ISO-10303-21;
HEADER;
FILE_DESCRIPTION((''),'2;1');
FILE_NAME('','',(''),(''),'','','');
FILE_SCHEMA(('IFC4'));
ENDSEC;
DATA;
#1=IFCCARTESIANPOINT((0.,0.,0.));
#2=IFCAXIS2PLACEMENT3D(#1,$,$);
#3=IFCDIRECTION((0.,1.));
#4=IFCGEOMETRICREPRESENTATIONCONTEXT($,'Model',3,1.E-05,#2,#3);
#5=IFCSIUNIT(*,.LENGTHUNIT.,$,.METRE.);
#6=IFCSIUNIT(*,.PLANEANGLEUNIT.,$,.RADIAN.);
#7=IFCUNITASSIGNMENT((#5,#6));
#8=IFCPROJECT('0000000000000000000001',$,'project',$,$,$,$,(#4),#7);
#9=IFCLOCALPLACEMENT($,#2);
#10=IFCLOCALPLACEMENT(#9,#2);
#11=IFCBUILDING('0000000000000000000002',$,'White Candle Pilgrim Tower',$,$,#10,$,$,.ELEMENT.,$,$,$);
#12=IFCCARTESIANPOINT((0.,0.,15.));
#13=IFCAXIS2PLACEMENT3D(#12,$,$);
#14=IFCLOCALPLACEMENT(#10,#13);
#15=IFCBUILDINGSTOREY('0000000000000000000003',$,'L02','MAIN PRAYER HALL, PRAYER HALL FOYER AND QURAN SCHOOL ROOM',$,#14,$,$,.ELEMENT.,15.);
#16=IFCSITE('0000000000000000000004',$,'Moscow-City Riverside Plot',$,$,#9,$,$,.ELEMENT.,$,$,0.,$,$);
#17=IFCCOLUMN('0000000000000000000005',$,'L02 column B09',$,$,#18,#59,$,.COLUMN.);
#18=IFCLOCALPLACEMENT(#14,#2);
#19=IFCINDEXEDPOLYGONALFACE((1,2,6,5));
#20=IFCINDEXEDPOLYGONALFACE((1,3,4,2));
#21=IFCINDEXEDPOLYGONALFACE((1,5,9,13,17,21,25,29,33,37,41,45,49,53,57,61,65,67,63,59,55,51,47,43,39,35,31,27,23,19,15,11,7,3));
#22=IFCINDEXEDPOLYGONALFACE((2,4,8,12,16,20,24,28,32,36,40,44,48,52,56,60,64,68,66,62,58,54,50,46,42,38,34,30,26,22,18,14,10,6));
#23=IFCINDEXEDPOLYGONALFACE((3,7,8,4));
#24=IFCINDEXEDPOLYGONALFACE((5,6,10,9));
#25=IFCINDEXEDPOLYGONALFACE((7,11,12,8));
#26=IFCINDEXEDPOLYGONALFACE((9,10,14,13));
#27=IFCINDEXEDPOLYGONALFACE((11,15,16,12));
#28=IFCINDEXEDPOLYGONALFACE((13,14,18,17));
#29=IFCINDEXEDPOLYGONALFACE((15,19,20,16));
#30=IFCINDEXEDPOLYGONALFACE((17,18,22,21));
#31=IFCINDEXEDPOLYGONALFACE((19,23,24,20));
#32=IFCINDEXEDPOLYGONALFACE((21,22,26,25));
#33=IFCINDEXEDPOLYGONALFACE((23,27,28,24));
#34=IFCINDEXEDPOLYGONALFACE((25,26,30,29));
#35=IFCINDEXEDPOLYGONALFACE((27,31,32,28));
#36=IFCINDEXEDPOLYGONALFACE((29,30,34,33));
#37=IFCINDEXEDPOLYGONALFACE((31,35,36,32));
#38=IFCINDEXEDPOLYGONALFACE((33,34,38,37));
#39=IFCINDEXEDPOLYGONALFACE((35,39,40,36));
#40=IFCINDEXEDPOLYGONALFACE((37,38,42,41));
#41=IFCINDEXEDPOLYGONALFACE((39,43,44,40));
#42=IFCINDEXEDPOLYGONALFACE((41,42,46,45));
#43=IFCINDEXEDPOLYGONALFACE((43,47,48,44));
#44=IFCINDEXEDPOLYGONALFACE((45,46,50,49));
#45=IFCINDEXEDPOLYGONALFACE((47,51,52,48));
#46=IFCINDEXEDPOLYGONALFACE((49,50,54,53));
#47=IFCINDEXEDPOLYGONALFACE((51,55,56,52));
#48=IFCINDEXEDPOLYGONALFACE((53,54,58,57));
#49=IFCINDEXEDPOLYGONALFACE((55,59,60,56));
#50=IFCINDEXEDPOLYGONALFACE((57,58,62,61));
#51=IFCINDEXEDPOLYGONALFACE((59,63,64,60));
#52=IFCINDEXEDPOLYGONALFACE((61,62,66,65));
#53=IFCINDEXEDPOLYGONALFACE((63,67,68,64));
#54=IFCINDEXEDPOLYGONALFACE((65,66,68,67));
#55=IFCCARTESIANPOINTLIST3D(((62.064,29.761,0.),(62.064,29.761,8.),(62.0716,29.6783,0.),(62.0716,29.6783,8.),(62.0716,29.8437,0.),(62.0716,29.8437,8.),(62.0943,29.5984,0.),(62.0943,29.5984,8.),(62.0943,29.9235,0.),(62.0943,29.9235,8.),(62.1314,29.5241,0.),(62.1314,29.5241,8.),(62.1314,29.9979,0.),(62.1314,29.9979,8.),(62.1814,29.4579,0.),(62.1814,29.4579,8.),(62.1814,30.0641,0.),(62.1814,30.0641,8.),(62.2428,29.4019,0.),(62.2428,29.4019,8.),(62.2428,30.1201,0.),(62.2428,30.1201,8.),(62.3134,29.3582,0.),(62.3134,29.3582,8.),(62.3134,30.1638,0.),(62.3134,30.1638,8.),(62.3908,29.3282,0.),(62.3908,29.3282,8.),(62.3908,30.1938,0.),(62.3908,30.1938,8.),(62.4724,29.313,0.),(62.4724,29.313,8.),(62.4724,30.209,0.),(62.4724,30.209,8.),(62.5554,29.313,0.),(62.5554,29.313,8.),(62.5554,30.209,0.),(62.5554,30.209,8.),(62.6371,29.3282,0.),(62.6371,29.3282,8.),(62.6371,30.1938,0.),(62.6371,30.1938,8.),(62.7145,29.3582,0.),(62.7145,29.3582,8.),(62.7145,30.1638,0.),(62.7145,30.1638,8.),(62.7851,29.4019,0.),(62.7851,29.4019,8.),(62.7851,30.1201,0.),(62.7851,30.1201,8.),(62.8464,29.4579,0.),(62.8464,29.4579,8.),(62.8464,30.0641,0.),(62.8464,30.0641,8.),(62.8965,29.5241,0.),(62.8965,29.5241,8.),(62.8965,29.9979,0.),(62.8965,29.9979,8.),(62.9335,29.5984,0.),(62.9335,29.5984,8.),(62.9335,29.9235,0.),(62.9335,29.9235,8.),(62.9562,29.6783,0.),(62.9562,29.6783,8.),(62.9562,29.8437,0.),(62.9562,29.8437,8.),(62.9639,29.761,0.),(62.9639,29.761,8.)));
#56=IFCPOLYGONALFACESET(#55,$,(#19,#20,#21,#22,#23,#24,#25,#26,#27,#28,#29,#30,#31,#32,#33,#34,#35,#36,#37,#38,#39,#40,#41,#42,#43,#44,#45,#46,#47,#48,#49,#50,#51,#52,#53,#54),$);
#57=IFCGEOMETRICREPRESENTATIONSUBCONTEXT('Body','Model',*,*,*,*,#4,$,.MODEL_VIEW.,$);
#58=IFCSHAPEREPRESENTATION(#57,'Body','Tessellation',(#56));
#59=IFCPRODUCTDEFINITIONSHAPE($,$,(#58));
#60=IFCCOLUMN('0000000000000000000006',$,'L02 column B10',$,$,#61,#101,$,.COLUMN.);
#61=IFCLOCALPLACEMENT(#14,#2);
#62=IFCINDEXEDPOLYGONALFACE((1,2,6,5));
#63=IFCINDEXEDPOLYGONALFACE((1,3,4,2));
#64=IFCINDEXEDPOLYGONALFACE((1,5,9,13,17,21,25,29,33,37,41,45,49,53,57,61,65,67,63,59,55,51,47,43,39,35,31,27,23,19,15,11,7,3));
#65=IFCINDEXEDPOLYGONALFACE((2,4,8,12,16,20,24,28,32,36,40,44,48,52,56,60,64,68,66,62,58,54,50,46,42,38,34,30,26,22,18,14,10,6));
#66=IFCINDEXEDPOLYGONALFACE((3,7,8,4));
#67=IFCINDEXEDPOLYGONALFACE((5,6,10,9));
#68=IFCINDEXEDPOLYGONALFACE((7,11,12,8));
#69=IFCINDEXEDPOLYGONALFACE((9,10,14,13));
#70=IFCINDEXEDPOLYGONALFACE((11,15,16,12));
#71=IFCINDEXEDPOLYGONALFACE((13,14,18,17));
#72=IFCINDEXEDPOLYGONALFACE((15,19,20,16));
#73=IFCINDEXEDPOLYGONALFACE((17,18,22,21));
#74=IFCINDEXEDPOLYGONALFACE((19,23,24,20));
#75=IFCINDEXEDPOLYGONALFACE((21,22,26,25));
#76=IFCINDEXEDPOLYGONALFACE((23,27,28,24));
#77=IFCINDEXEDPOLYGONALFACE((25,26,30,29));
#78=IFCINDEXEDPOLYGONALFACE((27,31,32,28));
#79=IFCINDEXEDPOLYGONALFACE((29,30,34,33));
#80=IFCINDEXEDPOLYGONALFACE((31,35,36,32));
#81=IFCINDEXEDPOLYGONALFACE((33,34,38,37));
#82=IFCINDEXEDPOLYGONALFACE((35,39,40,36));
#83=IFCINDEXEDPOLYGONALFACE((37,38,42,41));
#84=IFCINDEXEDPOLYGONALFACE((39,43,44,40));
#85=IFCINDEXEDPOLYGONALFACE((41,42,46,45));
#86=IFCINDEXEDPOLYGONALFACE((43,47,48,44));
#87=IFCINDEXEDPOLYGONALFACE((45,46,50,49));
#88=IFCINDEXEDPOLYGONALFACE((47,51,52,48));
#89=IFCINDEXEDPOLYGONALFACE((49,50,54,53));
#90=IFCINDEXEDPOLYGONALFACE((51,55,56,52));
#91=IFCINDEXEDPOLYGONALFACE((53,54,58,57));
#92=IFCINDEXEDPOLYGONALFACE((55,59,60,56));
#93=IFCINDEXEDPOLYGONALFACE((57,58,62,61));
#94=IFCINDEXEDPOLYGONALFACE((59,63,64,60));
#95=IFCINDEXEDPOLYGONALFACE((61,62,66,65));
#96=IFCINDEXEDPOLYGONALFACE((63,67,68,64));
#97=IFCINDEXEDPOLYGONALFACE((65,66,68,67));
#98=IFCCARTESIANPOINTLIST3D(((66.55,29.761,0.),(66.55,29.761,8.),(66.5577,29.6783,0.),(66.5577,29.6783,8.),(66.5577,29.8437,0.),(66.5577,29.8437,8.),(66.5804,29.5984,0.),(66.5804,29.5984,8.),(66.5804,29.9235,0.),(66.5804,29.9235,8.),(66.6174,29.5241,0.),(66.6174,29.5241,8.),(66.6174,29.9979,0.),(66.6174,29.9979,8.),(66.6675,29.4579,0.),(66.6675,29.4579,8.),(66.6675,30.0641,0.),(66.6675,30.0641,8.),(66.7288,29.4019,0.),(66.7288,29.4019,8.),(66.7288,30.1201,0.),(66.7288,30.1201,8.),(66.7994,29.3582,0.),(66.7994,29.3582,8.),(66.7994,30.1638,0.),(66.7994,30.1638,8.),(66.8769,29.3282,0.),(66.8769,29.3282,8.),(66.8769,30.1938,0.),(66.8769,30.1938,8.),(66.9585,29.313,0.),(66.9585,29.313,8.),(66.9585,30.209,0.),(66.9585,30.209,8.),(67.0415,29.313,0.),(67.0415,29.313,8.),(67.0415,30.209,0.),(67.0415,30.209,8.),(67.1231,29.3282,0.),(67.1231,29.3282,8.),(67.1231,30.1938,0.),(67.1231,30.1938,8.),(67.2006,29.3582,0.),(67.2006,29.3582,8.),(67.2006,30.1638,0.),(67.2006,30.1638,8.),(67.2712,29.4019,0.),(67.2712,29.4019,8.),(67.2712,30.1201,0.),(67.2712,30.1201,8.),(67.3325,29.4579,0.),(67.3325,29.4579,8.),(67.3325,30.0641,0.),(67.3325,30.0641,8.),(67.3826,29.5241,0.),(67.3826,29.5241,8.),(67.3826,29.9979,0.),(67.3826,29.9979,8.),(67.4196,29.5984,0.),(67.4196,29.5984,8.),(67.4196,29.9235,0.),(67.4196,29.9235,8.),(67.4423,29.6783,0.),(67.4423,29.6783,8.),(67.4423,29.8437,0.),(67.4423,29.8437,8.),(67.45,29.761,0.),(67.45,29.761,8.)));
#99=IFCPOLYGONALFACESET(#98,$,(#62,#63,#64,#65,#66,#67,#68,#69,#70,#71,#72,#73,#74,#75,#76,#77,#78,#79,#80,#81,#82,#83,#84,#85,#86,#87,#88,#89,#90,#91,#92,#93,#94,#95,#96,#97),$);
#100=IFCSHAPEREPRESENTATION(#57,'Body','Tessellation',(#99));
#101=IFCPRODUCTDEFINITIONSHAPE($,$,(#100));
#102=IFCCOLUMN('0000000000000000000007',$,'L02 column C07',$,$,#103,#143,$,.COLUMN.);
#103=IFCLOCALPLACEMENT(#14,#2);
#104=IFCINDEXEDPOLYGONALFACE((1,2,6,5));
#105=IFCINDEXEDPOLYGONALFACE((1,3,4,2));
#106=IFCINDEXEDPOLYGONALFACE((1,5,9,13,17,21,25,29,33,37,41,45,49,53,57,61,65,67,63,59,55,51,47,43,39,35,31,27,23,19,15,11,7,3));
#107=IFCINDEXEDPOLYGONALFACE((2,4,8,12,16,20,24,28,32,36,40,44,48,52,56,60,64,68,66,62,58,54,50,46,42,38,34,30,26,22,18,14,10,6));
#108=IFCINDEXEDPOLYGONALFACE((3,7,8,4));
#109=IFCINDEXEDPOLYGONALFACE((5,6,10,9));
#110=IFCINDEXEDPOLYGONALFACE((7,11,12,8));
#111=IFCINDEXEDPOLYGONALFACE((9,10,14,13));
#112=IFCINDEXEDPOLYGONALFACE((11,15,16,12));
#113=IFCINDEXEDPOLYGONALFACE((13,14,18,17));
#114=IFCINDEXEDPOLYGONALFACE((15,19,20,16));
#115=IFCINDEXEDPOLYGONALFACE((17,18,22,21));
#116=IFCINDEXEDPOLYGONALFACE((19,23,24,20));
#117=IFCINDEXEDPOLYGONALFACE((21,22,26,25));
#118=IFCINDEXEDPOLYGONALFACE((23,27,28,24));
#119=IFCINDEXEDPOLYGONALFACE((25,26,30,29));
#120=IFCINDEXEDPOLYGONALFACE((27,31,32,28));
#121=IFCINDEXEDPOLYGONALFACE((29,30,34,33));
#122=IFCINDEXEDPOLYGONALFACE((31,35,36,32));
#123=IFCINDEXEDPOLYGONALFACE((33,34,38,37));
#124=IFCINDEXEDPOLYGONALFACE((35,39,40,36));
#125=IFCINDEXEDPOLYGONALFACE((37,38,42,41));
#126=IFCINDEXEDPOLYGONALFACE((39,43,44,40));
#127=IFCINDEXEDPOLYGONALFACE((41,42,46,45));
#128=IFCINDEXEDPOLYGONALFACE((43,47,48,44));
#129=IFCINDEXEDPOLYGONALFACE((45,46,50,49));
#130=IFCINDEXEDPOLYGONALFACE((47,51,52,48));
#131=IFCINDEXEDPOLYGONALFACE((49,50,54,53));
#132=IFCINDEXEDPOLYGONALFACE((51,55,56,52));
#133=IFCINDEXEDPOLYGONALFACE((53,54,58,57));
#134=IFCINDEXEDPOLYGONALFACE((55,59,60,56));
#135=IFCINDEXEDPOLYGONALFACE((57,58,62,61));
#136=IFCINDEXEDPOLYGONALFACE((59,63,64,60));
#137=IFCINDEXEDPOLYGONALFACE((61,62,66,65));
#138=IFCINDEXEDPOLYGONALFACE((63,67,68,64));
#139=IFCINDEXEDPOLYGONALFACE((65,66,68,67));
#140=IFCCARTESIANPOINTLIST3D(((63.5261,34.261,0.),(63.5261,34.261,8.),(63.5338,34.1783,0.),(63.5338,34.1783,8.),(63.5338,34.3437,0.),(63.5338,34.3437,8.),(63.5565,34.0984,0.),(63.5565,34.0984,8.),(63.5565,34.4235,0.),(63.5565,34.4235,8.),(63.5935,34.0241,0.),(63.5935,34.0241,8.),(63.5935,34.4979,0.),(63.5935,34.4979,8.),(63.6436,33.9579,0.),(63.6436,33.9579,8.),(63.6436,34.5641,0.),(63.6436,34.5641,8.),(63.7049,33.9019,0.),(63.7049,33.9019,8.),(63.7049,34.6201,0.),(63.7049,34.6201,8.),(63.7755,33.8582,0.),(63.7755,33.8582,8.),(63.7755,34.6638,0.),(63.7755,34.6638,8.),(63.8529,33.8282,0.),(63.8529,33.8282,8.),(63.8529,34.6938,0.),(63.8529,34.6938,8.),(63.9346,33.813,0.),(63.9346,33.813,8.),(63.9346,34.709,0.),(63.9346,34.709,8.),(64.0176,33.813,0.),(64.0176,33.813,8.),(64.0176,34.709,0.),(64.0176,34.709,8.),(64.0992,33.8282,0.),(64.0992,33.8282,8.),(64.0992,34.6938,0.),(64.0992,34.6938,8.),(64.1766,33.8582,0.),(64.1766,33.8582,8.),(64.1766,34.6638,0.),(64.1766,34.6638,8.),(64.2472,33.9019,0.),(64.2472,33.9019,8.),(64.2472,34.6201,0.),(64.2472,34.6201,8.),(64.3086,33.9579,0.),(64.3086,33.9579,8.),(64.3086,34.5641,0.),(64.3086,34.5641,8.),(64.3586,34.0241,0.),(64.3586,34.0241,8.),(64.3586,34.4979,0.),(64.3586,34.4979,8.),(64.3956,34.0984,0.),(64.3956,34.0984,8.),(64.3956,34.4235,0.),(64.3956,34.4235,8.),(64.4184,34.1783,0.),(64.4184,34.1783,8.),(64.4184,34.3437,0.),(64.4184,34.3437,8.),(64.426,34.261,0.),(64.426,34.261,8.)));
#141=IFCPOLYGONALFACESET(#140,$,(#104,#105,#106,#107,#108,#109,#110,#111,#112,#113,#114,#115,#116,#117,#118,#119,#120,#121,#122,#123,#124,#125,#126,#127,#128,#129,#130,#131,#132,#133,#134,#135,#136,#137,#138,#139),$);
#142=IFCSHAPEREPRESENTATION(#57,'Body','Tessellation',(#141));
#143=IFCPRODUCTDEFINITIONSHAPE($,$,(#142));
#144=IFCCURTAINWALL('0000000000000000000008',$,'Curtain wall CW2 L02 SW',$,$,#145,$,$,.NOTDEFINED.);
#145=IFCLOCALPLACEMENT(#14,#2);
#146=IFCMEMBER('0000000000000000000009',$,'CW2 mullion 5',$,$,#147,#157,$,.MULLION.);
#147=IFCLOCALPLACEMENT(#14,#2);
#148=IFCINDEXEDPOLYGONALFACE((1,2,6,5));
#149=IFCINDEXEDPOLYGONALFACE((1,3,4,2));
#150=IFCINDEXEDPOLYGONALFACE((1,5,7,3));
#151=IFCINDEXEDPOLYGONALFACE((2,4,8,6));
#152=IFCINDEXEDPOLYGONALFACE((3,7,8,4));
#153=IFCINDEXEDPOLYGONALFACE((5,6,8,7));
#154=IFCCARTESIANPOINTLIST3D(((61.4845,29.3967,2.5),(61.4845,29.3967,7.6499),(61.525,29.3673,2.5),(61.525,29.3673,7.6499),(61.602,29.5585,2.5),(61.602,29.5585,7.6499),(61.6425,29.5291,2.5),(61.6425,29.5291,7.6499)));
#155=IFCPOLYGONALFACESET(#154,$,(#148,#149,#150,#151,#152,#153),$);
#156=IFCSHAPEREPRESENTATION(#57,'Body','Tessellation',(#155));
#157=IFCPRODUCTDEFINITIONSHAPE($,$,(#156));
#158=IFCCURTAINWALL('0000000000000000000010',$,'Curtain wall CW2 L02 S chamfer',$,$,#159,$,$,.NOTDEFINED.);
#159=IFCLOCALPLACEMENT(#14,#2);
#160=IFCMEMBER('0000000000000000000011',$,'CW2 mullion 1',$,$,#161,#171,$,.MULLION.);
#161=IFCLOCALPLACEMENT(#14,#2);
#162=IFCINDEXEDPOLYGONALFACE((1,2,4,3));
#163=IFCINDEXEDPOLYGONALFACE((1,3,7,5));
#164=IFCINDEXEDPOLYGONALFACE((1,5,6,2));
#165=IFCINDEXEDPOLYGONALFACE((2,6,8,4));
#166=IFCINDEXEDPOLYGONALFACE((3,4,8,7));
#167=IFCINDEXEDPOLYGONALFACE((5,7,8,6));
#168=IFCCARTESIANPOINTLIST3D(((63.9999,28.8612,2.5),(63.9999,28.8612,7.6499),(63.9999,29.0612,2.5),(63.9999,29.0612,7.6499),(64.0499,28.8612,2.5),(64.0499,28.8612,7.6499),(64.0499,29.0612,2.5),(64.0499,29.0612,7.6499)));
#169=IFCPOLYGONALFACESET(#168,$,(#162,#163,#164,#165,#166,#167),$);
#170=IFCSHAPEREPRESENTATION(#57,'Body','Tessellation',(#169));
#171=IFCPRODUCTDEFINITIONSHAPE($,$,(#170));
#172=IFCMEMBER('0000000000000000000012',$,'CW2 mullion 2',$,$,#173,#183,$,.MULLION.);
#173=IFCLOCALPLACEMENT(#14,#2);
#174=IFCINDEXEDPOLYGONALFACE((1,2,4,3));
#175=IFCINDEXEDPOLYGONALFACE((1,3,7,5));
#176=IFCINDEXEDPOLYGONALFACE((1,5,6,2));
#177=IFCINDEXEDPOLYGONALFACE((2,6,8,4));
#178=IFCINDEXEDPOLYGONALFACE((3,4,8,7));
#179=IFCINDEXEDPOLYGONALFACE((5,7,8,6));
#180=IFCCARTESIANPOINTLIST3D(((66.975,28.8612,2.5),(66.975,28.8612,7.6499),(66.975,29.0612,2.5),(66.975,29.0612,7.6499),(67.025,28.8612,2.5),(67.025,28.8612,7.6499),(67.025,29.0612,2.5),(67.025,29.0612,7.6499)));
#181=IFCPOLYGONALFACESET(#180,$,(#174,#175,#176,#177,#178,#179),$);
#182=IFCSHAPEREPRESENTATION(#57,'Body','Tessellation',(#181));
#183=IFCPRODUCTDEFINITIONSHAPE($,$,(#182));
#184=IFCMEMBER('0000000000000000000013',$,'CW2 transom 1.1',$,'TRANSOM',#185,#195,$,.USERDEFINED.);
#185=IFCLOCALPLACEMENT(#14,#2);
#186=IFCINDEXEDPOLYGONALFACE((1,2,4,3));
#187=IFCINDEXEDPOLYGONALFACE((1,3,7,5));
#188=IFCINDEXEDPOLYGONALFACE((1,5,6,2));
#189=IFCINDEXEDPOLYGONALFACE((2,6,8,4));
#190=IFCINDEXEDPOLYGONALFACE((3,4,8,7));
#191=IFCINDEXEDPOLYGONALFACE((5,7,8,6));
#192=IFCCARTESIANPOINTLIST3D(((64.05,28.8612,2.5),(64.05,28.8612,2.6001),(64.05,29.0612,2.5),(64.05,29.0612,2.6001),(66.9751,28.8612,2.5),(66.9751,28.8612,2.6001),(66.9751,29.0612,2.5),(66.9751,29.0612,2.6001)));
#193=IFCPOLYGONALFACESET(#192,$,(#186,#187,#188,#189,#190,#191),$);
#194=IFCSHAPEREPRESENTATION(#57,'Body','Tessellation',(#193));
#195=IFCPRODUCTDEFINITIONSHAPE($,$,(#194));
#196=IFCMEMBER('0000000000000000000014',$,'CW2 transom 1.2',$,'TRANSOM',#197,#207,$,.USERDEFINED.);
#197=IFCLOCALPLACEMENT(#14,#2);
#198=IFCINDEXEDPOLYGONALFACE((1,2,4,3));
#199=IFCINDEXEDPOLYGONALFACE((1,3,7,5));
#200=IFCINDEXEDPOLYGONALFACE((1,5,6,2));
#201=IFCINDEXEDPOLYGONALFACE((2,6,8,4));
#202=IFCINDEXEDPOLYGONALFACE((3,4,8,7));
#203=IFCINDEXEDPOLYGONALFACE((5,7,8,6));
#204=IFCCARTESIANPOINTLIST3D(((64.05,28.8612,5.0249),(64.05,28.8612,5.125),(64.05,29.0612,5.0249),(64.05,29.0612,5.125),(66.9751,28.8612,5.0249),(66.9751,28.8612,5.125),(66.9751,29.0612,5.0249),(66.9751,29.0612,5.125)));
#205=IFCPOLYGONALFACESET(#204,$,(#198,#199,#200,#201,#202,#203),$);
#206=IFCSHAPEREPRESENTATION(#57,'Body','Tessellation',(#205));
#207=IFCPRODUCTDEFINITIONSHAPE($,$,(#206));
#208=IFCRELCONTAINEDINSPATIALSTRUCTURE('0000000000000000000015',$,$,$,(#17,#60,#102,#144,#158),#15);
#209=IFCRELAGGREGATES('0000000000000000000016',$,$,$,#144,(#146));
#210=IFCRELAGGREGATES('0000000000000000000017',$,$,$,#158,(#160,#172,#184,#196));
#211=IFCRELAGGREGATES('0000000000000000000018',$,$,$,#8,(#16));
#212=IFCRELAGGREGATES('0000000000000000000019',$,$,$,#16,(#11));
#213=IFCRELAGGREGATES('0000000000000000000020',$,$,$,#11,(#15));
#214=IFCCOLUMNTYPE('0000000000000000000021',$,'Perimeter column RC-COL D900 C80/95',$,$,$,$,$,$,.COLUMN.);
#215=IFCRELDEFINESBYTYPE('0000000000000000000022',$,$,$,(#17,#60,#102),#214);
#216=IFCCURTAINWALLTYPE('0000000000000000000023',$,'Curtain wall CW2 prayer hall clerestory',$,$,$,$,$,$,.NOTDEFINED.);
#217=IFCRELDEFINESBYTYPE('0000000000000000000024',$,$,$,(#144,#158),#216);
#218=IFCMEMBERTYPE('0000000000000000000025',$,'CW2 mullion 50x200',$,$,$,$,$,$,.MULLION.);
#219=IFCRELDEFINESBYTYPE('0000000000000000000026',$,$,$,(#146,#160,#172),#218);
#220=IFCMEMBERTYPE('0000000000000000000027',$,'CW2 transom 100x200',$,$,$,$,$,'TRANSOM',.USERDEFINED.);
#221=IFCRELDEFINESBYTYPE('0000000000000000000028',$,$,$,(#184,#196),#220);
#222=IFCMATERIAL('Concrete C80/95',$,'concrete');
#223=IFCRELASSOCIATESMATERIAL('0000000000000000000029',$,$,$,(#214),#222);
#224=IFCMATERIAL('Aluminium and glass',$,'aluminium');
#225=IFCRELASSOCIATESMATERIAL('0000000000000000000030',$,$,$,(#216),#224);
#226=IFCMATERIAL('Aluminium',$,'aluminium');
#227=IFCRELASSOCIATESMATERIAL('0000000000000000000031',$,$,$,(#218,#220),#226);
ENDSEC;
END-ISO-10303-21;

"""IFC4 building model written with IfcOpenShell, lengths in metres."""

from ifc_helpers import new_model, si_unit, direction, frame, origin, origin_2d, place, context, subcontext, project, spatial, rectangle, circle, extrude, material, material_profile, profile_set, type_object, element, aggregate, save


model = new_model("IFC4")

# Units and contexts
model_context = context("Model", 3, precision=1e-05, world=origin(), true_north=direction((0.0, 1.0)))
body_context = subcontext(model_context, "Body", "Model", "MODEL_VIEW")
ifc_project = project(units=[si_unit("LENGTHUNIT", "METRE"), si_unit("PLANEANGLEUNIT", "RADIAN")], contexts=[model_context])

# Site, building, storey
site_placement = place(None, origin())
site = spatial("IfcSite", under=ifc_project, at=site_placement, Name="Moscow-City Riverside Plot", CompositionType="ELEMENT", RefElevation=0.0)
building_placement = place(site_placement, origin())
building = spatial("IfcBuilding", under=site, at=building_placement, Name="White Candle Pilgrim Tower", CompositionType="ELEMENT")
storey_placement = place(building_placement, frame((0.0, 0.0, 15.0)))
storey = spatial("IfcBuildingStorey", under=building, at=storey_placement, Name="L02", Description="MAIN PRAYER HALL, PRAYER HALL FOYER AND QURAN SCHOOL ROOM", CompositionType="ELEMENT", Elevation=15.0)

# Columns
ifc_material_1 = material(Name="Concrete C80/95", Category="concrete")
ifc_material_profile_1 = material_profile(ifc_material_1, circle(Radius=0.45, at=origin_2d()), Name="RC-COL D900")
ifc_profile_set_1 = profile_set([ifc_material_profile_1], Name="Concrete C80/95")
column_type = type_object("IfcColumnType", Name="Perimeter column RC-COL D900 C80/95", PredefinedType="COLUMN", material=ifc_profile_set_1)
for number, where, z_axis, x_axis, name in (
    (1, (62.5139, 29.761, 0.0), (0.0, 0.0, 1.0), (1.0, 0.0, 0.0), "L02 column B09"),
    (2, (67.0, 29.761, 0.0), (0.0, 0.0, 1.0), (1.0, 0.0, 0.0), "L02 column B10"),
    (3, (63.9761, 34.261, 0.0), (0.0, 0.0, 1.0), (1.0, 0.0, 0.0), "L02 column C07"),
):
    element("IfcColumn", number, at=place(storey_placement, frame(where, z_axis=z_axis, x_axis=x_axis)), inside=storey, type_object=column_type, Name=name, PredefinedType="COLUMN", context=body_context, shape_type="SweptSolid", body=[
        extrude(circle(Radius=0.45, at=origin_2d()), origin(), (0.0, 0.0, 1.0), 8.0),
    ])

# Curtain wall, member
ifc_material_2 = material(Name="Aluminium and glass", Category="aluminium")
curtain_wall_type = type_object("IfcCurtainWallType", Name="Curtain wall CW2 prayer hall clerestory", PredefinedType="NOTDEFINED", material=ifc_material_2)
curtain_wall_1_placement = place(storey_placement, origin())
curtain_wall_1 = element("IfcCurtainWall", 4, at=curtain_wall_1_placement, inside=storey, type_object=curtain_wall_type, Name="Curtain wall CW2 L02 SW", PredefinedType="NOTDEFINED")
ifc_material_3 = material(Name="Aluminium", Category="aluminium")
ifc_material_profile_2 = material_profile(ifc_material_3, rectangle(XDim=0.2, YDim=0.05, at=origin_2d()), Name="CW2 mullion 50x200")
ifc_profile_set_2 = profile_set([ifc_material_profile_2], Name="Aluminium")
member_type_1 = type_object("IfcMemberType", Name="CW2 mullion 50x200", PredefinedType="MULLION", material=ifc_profile_set_2)
member_1_placement = place(storey_placement, frame((61.5635, 29.4629, 2.5), z_axis=(0.0, 0.0, 1.0), x_axis=(0.587785, 0.809017, 0.0)))
member_1 = element("IfcMember", 5, at=member_1_placement, type_object=member_type_1, Name="CW2 mullion 5", PredefinedType="MULLION", context=body_context, shape_type="SweptSolid", body=[
    extrude(rectangle(XDim=0.2, YDim=0.05, at=origin_2d()), origin(), (0.0, 0.0, 1.0), 5.1499),
])

# Curtain wall, members
curtain_wall_2_placement = place(storey_placement, origin())
curtain_wall_2 = element("IfcCurtainWall", 6, at=curtain_wall_2_placement, inside=storey, type_object=curtain_wall_type, Name="Curtain wall CW2 L02 S chamfer", PredefinedType="NOTDEFINED")
member_2_placement = place(storey_placement, frame((64.0249, 28.9612, 2.5), z_axis=(0.0, 0.0, 1.0), x_axis=(0.0, 1.0, 0.0)))
member_2 = element("IfcMember", 7, at=member_2_placement, type_object=member_type_1, Name="CW2 mullion 1", PredefinedType="MULLION", context=body_context, shape_type="SweptSolid", body=[
    extrude(rectangle(XDim=0.2, YDim=0.05, at=origin_2d()), origin(), (0.0, 0.0, 1.0), 5.1499),
])
member_3_placement = place(storey_placement, frame((67.0, 28.9612, 2.5), z_axis=(0.0, 0.0, 1.0), x_axis=(0.0, 1.0, 0.0)))
member_3 = element("IfcMember", 8, at=member_3_placement, type_object=member_type_1, Name="CW2 mullion 2", PredefinedType="MULLION", context=body_context, shape_type="SweptSolid", body=[
    extrude(rectangle(XDim=0.2, YDim=0.05, at=origin_2d()), origin(), (0.0, 0.0, 1.0), 5.1499),
])
ifc_material_profile_3 = material_profile(ifc_material_3, rectangle(XDim=0.2, YDim=0.1001, at=origin_2d()), Name="CW2 transom 100x200")
ifc_profile_set_3 = profile_set([ifc_material_profile_3], Name="Aluminium")
member_type_2 = type_object("IfcMemberType", Name="CW2 transom 100x200", ElementType="TRANSOM", PredefinedType="USERDEFINED", material=ifc_profile_set_3)
member_4_placement = place(storey_placement, frame((64.05, 28.9612, 2.55), z_axis=(1.0, 0.0, 0.0), x_axis=(0.0, 1.0, 0.0)))
member_4 = element("IfcMember", 9, at=member_4_placement, type_object=member_type_2, Name="CW2 transom 1.1", ObjectType="TRANSOM", PredefinedType="USERDEFINED", context=body_context, shape_type="SweptSolid", body=[
    extrude(rectangle(XDim=0.2, YDim=0.1001, at=origin_2d()), origin(), (0.0, 0.0, 1.0), 2.925),
])
member_5_placement = place(storey_placement, frame((64.05, 28.9612, 5.075), z_axis=(1.0, 0.0, 0.0), x_axis=(0.0, 1.0, 0.0)))
member_5 = element("IfcMember", 10, at=member_5_placement, type_object=member_type_2, Name="CW2 transom 1.2", ObjectType="TRANSOM", PredefinedType="USERDEFINED", context=body_context, shape_type="SweptSolid", body=[
    extrude(rectangle(XDim=0.2, YDim=0.1001, at=origin_2d()), origin(), (0.0, 0.0, 1.0), 2.925),
])

aggregate(curtain_wall_1, [member_1])
aggregate(curtain_wall_2, [member_2, member_3, member_4, member_5])

save(model, "model.ifc")
